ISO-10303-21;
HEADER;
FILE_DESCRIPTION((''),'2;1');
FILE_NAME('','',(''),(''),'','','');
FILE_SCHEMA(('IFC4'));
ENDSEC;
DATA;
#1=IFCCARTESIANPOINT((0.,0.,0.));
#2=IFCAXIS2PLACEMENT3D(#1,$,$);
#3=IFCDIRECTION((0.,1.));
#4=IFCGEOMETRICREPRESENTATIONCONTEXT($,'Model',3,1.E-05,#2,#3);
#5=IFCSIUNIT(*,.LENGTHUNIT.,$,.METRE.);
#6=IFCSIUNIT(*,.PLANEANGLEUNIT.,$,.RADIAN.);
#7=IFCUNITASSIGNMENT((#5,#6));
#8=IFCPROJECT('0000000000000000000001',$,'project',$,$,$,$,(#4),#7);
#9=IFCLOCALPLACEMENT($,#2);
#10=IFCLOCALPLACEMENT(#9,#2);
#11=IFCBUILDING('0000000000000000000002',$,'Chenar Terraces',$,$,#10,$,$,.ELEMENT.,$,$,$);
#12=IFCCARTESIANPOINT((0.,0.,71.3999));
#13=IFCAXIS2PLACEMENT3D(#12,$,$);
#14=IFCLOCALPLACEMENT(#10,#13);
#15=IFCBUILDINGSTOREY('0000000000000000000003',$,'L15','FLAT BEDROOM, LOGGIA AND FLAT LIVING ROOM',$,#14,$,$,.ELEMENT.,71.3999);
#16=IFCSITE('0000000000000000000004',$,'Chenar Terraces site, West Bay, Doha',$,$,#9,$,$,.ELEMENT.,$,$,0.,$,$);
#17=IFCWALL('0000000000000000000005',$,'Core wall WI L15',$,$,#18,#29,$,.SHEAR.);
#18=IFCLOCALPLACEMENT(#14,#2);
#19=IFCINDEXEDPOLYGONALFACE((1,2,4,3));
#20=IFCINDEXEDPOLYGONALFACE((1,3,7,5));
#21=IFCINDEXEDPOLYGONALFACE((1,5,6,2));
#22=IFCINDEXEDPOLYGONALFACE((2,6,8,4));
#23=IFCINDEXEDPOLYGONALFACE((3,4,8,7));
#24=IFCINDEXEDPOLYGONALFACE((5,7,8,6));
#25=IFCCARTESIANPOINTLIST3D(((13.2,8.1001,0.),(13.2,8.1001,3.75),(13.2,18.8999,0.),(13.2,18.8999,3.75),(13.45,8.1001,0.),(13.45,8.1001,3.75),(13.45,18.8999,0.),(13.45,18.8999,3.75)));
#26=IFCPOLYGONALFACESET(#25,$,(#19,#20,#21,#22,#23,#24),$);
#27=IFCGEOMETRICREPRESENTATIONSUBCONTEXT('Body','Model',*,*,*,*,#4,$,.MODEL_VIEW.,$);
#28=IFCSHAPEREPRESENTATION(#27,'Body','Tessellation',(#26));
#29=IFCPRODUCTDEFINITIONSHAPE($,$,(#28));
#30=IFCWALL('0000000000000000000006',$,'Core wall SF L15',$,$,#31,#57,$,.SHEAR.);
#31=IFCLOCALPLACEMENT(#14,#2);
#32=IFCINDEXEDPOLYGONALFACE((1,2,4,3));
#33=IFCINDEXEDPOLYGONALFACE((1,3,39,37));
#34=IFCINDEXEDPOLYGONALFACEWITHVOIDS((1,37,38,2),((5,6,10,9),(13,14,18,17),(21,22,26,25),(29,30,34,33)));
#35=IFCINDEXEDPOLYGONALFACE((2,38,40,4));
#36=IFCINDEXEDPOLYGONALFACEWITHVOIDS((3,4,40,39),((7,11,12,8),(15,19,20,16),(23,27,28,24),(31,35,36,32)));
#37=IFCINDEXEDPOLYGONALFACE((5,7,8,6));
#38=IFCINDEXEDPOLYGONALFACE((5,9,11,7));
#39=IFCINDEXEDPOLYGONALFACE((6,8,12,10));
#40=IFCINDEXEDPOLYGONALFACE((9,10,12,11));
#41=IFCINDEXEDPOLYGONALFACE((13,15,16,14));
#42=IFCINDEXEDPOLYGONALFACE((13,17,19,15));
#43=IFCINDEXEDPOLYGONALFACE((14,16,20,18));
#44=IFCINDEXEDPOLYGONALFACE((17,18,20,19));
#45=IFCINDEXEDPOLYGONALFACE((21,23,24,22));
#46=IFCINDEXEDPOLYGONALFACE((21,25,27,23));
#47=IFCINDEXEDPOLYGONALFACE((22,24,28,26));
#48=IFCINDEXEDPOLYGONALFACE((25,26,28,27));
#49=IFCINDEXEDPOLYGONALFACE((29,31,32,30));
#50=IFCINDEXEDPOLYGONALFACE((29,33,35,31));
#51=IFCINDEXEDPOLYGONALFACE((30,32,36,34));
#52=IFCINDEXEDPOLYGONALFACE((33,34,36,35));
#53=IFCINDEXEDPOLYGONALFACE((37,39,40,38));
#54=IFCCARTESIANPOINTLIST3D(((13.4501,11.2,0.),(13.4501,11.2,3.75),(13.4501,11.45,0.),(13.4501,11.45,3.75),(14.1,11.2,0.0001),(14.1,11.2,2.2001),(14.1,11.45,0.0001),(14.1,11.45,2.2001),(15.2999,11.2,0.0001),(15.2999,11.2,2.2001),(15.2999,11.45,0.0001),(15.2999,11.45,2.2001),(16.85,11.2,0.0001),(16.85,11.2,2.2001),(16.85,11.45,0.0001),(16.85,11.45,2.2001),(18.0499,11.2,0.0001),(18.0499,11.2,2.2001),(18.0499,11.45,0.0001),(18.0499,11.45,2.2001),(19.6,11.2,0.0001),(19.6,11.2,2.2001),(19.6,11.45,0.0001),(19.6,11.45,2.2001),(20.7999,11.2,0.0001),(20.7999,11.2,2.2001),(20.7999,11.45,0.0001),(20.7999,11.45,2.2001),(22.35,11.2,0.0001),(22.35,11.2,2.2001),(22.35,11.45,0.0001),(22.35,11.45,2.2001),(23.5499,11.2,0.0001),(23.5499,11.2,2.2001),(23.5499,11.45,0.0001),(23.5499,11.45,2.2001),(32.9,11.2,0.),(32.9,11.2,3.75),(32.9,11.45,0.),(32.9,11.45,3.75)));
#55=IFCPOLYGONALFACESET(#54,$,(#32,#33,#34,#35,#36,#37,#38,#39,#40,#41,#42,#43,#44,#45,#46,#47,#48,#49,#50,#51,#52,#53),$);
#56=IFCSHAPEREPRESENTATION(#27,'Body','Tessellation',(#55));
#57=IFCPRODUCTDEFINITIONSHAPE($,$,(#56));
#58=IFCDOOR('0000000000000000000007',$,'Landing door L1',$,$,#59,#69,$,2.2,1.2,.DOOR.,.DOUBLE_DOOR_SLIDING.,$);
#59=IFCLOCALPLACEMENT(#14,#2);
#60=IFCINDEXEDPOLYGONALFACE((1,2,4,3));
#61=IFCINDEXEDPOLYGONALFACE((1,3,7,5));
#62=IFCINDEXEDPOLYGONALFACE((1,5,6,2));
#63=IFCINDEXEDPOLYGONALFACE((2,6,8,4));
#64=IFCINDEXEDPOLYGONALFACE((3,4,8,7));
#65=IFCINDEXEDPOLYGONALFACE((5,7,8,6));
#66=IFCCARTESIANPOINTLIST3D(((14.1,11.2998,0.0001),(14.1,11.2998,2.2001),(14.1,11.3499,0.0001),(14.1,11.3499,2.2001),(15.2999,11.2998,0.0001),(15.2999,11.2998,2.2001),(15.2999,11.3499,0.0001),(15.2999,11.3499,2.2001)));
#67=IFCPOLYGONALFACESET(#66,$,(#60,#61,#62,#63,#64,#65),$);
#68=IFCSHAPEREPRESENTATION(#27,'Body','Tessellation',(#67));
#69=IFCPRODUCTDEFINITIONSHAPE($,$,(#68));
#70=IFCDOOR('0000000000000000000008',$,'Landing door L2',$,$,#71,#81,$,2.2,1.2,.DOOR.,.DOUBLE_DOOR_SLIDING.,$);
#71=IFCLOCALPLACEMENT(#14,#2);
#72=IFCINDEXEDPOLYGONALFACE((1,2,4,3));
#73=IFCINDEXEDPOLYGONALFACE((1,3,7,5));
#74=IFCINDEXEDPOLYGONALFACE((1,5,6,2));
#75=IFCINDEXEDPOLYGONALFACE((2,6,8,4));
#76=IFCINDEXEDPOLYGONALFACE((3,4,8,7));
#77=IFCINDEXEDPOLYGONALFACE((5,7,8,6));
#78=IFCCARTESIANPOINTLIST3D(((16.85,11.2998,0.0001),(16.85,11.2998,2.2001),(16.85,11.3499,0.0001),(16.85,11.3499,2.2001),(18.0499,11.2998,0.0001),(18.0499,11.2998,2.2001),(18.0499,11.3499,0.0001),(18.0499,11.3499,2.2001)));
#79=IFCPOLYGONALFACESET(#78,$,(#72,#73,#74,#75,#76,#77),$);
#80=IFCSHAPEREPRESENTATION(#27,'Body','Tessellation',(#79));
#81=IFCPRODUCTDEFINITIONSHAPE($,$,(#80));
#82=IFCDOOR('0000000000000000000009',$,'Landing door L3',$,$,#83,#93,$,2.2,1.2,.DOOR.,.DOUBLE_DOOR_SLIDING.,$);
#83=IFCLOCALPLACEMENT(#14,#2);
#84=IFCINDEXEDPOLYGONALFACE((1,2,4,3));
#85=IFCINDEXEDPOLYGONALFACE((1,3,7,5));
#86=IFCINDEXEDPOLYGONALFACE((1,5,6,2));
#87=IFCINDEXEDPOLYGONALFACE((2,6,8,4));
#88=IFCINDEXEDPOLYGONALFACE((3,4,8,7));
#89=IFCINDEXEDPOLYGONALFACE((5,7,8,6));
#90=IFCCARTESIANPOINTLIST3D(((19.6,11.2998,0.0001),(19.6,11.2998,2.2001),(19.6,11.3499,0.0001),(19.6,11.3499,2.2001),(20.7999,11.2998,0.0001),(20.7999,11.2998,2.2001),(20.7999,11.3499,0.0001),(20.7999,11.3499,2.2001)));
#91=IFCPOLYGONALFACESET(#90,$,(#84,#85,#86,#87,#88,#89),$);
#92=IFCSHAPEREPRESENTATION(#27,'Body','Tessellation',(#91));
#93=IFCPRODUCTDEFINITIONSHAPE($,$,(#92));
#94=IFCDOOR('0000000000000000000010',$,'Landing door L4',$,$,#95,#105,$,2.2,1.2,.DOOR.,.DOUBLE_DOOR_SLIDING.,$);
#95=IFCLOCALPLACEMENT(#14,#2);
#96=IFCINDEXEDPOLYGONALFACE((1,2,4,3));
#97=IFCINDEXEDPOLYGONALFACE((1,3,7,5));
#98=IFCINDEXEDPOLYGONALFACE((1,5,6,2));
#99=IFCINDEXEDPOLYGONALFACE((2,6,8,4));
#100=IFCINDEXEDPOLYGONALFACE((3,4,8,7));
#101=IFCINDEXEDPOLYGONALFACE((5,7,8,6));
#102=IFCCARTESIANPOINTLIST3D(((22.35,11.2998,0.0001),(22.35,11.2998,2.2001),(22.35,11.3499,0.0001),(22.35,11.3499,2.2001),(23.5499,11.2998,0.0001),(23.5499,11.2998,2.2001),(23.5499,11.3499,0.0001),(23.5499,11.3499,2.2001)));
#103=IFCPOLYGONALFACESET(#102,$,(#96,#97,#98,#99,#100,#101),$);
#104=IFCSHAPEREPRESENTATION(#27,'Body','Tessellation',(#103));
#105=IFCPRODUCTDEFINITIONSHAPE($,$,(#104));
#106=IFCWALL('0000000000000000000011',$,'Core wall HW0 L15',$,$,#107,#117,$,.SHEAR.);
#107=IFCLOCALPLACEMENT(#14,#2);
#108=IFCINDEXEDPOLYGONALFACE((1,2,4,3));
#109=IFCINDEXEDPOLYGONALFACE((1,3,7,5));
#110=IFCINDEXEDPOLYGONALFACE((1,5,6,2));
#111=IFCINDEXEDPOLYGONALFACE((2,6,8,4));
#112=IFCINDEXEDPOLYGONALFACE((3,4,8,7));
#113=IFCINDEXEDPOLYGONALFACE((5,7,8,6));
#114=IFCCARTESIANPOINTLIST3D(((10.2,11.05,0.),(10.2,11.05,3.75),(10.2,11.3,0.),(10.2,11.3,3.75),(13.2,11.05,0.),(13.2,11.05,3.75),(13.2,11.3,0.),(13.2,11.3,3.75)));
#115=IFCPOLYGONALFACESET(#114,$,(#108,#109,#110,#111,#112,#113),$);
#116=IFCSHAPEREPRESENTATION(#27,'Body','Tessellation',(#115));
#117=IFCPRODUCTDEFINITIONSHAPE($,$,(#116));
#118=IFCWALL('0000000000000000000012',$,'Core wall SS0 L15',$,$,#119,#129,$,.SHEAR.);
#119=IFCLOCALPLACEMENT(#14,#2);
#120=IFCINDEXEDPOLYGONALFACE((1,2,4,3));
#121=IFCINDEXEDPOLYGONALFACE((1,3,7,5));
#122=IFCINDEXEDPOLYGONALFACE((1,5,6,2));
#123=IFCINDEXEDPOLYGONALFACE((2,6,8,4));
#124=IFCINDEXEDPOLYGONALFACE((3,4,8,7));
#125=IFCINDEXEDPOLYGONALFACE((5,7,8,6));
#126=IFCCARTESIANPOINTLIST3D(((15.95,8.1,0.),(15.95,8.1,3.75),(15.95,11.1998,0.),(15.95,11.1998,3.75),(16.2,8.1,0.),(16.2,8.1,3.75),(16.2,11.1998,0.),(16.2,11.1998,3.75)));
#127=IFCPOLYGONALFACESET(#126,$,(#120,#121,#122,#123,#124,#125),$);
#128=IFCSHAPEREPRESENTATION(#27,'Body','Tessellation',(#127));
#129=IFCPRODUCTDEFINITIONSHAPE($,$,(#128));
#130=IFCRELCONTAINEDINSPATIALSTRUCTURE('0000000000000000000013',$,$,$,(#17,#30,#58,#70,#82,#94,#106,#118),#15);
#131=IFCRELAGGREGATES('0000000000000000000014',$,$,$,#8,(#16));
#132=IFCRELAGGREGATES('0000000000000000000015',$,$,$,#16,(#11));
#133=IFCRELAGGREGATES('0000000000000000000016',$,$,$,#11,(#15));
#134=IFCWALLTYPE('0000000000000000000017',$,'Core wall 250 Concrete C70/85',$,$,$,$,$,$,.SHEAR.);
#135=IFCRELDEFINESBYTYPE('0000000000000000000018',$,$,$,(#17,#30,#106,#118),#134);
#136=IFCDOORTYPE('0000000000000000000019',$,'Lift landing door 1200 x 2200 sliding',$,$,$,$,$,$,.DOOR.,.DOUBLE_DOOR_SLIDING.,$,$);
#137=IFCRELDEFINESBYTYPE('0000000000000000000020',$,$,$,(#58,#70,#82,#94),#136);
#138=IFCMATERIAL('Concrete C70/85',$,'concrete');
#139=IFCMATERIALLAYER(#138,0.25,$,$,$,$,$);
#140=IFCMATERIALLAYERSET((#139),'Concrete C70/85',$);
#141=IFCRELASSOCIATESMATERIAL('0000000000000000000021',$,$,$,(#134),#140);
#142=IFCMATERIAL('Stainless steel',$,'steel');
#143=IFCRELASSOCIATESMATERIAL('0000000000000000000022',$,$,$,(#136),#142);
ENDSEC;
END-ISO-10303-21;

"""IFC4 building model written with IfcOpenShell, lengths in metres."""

from ifc_helpers import new_model, si_unit, direction, frame, frame_2d, origin, place, context, subcontext, project, spatial, rectangle, extrude, material, layer, layer_set, type_object, element, fill, save


model = new_model("IFC4")

# Units and contexts
model_context = context("Model", 3, precision=1e-05, world=origin(), true_north=direction((0.0, 1.0)))
body_context = subcontext(model_context, "Body", "Model", "MODEL_VIEW")
ifc_project = project(units=[si_unit("LENGTHUNIT", "METRE"), si_unit("PLANEANGLEUNIT", "RADIAN")], contexts=[model_context])

# Site, building, storey
site_placement = place(None, origin())
site = spatial("IfcSite", under=ifc_project, at=site_placement, Name="Chenar Terraces site, West Bay, Doha", CompositionType="ELEMENT", RefElevation=0.0)
building_placement = place(site_placement, origin())
building = spatial("IfcBuilding", under=site, at=building_placement, Name="Chenar Terraces", CompositionType="ELEMENT")
storey_placement = place(building_placement, frame((0.0, 0.0, 71.3999)))
storey = spatial("IfcBuildingStorey", under=building, at=storey_placement, Name="L15", Description="FLAT BEDROOM, LOGGIA AND FLAT LIVING ROOM", CompositionType="ELEMENT", Elevation=71.3999)

# Wall
ifc_material_1 = material(Name="Concrete C70/85", Category="concrete")
ifc_layer_1 = layer(ifc_material_1, 0.25)
ifc_layer_set_1 = layer_set([ifc_layer_1], Name="Concrete C70/85")
wall_type_1 = type_object("IfcWallType", Name="Core wall 250 Concrete C70/85", PredefinedType="SHEAR", material=ifc_layer_set_1)
wall_1_placement = place(storey_placement, frame((13.325, 8.1001, 0.0), z_axis=(0.0, 0.0, 1.0), x_axis=(0.0, 1.0, 0.0)))
element("IfcWall", 1, at=wall_1_placement, inside=storey, type_object=wall_type_1, Name="Core wall WI L15", PredefinedType="SHEAR", context=body_context, shape_type="SweptSolid", body=[
    extrude(rectangle(XDim=10.7998, YDim=0.25, at=frame_2d((5.3999, 0.0))), origin(), (0.0, 0.0, 1.0), 3.75),
])

# Wall, openings, doors
wall_2_placement = place(storey_placement, frame((13.45, 11.325, 0.0), z_axis=(0.0, 0.0, 1.0), x_axis=(1.0, 0.0, 0.0)))
wall_2 = element("IfcWall", 2, at=wall_2_placement, inside=storey, type_object=wall_type_1, Name="Core wall SF L15", PredefinedType="SHEAR", context=body_context, shape_type="SweptSolid", body=[
    extrude(rectangle(XDim=19.45, YDim=0.25, at=frame_2d((9.7251, 0.0))), origin(), (0.0, 0.0, 1.0), 3.75),
])
opening_1_placement = place(wall_2_placement, frame((0.6499, 0.0, 0.0)))
opening_1 = element("IfcOpeningElement", 3, at=opening_1_placement, cuts=wall_2, PredefinedType="OPENING", context=body_context, shape_type="SweptSolid", body=[
    extrude(rectangle(XDim=1.2, YDim=2.2, at=frame_2d((0.6001, 1.1001))), frame((0.0, 0.135, 0.0), z_axis=(0.0, -1.0, 0.0), x_axis=(1.0, 0.0, 0.0)), (0.0, 0.0, 1.0), 0.27),
])
opening_2_placement = place(wall_2_placement, frame((3.3999, 0.0, 0.0)))
opening_2 = element("IfcOpeningElement", 4, at=opening_2_placement, cuts=wall_2, PredefinedType="OPENING", context=body_context, shape_type="SweptSolid", body=[
    extrude(rectangle(XDim=1.2, YDim=2.2, at=frame_2d((0.6001, 1.1001))), frame((0.0, 0.135, 0.0), z_axis=(0.0, -1.0, 0.0), x_axis=(1.0, 0.0, 0.0)), (0.0, 0.0, 1.0), 0.27),
])
opening_3_placement = place(wall_2_placement, frame((6.1499, 0.0, 0.0)))
opening_3 = element("IfcOpeningElement", 5, at=opening_3_placement, cuts=wall_2, PredefinedType="OPENING", context=body_context, shape_type="SweptSolid", body=[
    extrude(rectangle(XDim=1.2, YDim=2.2, at=frame_2d((0.6001, 1.1001))), frame((0.0, 0.135, 0.0), z_axis=(0.0, -1.0, 0.0), x_axis=(1.0, 0.0, 0.0)), (0.0, 0.0, 1.0), 0.27),
])
opening_4_placement = place(wall_2_placement, frame((8.8999, 0.0, 0.0)))
opening_4 = element("IfcOpeningElement", 6, at=opening_4_placement, cuts=wall_2, PredefinedType="OPENING", context=body_context, shape_type="SweptSolid", body=[
    extrude(rectangle(XDim=1.2, YDim=2.2, at=frame_2d((0.6001, 1.1001))), frame((0.0, 0.135, 0.0), z_axis=(0.0, -1.0, 0.0), x_axis=(1.0, 0.0, 0.0)), (0.0, 0.0, 1.0), 0.27),
])
ifc_material_2 = material(Name="Stainless steel", Category="steel")
door_type_1 = type_object("IfcDoorType", Name="Lift landing door 1200 x 2200 sliding", OperationType="DOUBLE_DOOR_SLIDING", PredefinedType="DOOR", material=ifc_material_2)
door_1_placement = place(opening_1_placement, origin())
door_1 = element("IfcDoor", 7, at=door_1_placement, inside=storey, type_object=door_type_1, Name="Landing door L1", OperationType="DOUBLE_DOOR_SLIDING", OverallHeight=2.2, OverallWidth=1.2, PredefinedType="DOOR", context=body_context, shape_type="SweptSolid", body=[
    extrude(rectangle(XDim=1.2, YDim=2.2, at=frame_2d((0.6001, 1.1001))), frame((0.0, 0.0249, 0.0), z_axis=(0.0, -1.0, 0.0), x_axis=(1.0, 0.0, 0.0)), (0.0, 0.0, 1.0), 0.05),
])
fill(opening_1, door_1)
door_2_placement = place(opening_2_placement, origin())
door_2 = element("IfcDoor", 8, at=door_2_placement, inside=storey, type_object=door_type_1, Name="Landing door L2", OperationType="DOUBLE_DOOR_SLIDING", OverallHeight=2.2, OverallWidth=1.2, PredefinedType="DOOR", context=body_context, shape_type="SweptSolid", body=[
    extrude(rectangle(XDim=1.2, YDim=2.2, at=frame_2d((0.6001, 1.1001))), frame((0.0, 0.0249, 0.0), z_axis=(0.0, -1.0, 0.0), x_axis=(1.0, 0.0, 0.0)), (0.0, 0.0, 1.0), 0.05),
])
fill(opening_2, door_2)
door_3_placement = place(opening_3_placement, origin())
door_3 = element("IfcDoor", 9, at=door_3_placement, inside=storey, type_object=door_type_1, Name="Landing door L3", OperationType="DOUBLE_DOOR_SLIDING", OverallHeight=2.2, OverallWidth=1.2, PredefinedType="DOOR", context=body_context, shape_type="SweptSolid", body=[
    extrude(rectangle(XDim=1.2, YDim=2.2, at=frame_2d((0.6001, 1.1001))), frame((0.0, 0.0249, 0.0), z_axis=(0.0, -1.0, 0.0), x_axis=(1.0, 0.0, 0.0)), (0.0, 0.0, 1.0), 0.05),
])
fill(opening_3, door_3)
door_4_placement = place(opening_4_placement, origin())
door_4 = element("IfcDoor", 10, at=door_4_placement, inside=storey, type_object=door_type_1, Name="Landing door L4", OperationType="DOUBLE_DOOR_SLIDING", OverallHeight=2.2, OverallWidth=1.2, PredefinedType="DOOR", context=body_context, shape_type="SweptSolid", body=[
    extrude(rectangle(XDim=1.2, YDim=2.2, at=frame_2d((0.6001, 1.1001))), frame((0.0, 0.0249, 0.0), z_axis=(0.0, -1.0, 0.0), x_axis=(1.0, 0.0, 0.0)), (0.0, 0.0, 1.0), 0.05),
])
fill(opening_4, door_4)

# Walls
wall_3_placement = place(storey_placement, frame((10.2, 11.175, 0.0), z_axis=(0.0, 0.0, 1.0), x_axis=(1.0, 0.0, 0.0)))
element("IfcWall", 11, at=wall_3_placement, inside=storey, type_object=wall_type_1, Name="Core wall HW0 L15", PredefinedType="SHEAR", context=body_context, shape_type="SweptSolid", body=[
    extrude(rectangle(XDim=3.0, YDim=0.25, at=frame_2d((1.5, 0.0))), origin(), (0.0, 0.0, 1.0), 3.75),
])
wall_4_placement = place(storey_placement, frame((16.075, 8.1001, 0.0), z_axis=(0.0, 0.0, 1.0), x_axis=(0.0, 1.0, 0.0)))
element("IfcWall", 12, at=wall_4_placement, inside=storey, type_object=wall_type_1, Name="Core wall SS0 L15", PredefinedType="SHEAR", context=body_context, shape_type="SweptSolid", body=[
    extrude(rectangle(XDim=3.0999, YDim=0.25, at=frame_2d((1.5498, 0.0))), origin(), (0.0, 0.0, 1.0), 3.75),
])

save(model, "model.ifc")
